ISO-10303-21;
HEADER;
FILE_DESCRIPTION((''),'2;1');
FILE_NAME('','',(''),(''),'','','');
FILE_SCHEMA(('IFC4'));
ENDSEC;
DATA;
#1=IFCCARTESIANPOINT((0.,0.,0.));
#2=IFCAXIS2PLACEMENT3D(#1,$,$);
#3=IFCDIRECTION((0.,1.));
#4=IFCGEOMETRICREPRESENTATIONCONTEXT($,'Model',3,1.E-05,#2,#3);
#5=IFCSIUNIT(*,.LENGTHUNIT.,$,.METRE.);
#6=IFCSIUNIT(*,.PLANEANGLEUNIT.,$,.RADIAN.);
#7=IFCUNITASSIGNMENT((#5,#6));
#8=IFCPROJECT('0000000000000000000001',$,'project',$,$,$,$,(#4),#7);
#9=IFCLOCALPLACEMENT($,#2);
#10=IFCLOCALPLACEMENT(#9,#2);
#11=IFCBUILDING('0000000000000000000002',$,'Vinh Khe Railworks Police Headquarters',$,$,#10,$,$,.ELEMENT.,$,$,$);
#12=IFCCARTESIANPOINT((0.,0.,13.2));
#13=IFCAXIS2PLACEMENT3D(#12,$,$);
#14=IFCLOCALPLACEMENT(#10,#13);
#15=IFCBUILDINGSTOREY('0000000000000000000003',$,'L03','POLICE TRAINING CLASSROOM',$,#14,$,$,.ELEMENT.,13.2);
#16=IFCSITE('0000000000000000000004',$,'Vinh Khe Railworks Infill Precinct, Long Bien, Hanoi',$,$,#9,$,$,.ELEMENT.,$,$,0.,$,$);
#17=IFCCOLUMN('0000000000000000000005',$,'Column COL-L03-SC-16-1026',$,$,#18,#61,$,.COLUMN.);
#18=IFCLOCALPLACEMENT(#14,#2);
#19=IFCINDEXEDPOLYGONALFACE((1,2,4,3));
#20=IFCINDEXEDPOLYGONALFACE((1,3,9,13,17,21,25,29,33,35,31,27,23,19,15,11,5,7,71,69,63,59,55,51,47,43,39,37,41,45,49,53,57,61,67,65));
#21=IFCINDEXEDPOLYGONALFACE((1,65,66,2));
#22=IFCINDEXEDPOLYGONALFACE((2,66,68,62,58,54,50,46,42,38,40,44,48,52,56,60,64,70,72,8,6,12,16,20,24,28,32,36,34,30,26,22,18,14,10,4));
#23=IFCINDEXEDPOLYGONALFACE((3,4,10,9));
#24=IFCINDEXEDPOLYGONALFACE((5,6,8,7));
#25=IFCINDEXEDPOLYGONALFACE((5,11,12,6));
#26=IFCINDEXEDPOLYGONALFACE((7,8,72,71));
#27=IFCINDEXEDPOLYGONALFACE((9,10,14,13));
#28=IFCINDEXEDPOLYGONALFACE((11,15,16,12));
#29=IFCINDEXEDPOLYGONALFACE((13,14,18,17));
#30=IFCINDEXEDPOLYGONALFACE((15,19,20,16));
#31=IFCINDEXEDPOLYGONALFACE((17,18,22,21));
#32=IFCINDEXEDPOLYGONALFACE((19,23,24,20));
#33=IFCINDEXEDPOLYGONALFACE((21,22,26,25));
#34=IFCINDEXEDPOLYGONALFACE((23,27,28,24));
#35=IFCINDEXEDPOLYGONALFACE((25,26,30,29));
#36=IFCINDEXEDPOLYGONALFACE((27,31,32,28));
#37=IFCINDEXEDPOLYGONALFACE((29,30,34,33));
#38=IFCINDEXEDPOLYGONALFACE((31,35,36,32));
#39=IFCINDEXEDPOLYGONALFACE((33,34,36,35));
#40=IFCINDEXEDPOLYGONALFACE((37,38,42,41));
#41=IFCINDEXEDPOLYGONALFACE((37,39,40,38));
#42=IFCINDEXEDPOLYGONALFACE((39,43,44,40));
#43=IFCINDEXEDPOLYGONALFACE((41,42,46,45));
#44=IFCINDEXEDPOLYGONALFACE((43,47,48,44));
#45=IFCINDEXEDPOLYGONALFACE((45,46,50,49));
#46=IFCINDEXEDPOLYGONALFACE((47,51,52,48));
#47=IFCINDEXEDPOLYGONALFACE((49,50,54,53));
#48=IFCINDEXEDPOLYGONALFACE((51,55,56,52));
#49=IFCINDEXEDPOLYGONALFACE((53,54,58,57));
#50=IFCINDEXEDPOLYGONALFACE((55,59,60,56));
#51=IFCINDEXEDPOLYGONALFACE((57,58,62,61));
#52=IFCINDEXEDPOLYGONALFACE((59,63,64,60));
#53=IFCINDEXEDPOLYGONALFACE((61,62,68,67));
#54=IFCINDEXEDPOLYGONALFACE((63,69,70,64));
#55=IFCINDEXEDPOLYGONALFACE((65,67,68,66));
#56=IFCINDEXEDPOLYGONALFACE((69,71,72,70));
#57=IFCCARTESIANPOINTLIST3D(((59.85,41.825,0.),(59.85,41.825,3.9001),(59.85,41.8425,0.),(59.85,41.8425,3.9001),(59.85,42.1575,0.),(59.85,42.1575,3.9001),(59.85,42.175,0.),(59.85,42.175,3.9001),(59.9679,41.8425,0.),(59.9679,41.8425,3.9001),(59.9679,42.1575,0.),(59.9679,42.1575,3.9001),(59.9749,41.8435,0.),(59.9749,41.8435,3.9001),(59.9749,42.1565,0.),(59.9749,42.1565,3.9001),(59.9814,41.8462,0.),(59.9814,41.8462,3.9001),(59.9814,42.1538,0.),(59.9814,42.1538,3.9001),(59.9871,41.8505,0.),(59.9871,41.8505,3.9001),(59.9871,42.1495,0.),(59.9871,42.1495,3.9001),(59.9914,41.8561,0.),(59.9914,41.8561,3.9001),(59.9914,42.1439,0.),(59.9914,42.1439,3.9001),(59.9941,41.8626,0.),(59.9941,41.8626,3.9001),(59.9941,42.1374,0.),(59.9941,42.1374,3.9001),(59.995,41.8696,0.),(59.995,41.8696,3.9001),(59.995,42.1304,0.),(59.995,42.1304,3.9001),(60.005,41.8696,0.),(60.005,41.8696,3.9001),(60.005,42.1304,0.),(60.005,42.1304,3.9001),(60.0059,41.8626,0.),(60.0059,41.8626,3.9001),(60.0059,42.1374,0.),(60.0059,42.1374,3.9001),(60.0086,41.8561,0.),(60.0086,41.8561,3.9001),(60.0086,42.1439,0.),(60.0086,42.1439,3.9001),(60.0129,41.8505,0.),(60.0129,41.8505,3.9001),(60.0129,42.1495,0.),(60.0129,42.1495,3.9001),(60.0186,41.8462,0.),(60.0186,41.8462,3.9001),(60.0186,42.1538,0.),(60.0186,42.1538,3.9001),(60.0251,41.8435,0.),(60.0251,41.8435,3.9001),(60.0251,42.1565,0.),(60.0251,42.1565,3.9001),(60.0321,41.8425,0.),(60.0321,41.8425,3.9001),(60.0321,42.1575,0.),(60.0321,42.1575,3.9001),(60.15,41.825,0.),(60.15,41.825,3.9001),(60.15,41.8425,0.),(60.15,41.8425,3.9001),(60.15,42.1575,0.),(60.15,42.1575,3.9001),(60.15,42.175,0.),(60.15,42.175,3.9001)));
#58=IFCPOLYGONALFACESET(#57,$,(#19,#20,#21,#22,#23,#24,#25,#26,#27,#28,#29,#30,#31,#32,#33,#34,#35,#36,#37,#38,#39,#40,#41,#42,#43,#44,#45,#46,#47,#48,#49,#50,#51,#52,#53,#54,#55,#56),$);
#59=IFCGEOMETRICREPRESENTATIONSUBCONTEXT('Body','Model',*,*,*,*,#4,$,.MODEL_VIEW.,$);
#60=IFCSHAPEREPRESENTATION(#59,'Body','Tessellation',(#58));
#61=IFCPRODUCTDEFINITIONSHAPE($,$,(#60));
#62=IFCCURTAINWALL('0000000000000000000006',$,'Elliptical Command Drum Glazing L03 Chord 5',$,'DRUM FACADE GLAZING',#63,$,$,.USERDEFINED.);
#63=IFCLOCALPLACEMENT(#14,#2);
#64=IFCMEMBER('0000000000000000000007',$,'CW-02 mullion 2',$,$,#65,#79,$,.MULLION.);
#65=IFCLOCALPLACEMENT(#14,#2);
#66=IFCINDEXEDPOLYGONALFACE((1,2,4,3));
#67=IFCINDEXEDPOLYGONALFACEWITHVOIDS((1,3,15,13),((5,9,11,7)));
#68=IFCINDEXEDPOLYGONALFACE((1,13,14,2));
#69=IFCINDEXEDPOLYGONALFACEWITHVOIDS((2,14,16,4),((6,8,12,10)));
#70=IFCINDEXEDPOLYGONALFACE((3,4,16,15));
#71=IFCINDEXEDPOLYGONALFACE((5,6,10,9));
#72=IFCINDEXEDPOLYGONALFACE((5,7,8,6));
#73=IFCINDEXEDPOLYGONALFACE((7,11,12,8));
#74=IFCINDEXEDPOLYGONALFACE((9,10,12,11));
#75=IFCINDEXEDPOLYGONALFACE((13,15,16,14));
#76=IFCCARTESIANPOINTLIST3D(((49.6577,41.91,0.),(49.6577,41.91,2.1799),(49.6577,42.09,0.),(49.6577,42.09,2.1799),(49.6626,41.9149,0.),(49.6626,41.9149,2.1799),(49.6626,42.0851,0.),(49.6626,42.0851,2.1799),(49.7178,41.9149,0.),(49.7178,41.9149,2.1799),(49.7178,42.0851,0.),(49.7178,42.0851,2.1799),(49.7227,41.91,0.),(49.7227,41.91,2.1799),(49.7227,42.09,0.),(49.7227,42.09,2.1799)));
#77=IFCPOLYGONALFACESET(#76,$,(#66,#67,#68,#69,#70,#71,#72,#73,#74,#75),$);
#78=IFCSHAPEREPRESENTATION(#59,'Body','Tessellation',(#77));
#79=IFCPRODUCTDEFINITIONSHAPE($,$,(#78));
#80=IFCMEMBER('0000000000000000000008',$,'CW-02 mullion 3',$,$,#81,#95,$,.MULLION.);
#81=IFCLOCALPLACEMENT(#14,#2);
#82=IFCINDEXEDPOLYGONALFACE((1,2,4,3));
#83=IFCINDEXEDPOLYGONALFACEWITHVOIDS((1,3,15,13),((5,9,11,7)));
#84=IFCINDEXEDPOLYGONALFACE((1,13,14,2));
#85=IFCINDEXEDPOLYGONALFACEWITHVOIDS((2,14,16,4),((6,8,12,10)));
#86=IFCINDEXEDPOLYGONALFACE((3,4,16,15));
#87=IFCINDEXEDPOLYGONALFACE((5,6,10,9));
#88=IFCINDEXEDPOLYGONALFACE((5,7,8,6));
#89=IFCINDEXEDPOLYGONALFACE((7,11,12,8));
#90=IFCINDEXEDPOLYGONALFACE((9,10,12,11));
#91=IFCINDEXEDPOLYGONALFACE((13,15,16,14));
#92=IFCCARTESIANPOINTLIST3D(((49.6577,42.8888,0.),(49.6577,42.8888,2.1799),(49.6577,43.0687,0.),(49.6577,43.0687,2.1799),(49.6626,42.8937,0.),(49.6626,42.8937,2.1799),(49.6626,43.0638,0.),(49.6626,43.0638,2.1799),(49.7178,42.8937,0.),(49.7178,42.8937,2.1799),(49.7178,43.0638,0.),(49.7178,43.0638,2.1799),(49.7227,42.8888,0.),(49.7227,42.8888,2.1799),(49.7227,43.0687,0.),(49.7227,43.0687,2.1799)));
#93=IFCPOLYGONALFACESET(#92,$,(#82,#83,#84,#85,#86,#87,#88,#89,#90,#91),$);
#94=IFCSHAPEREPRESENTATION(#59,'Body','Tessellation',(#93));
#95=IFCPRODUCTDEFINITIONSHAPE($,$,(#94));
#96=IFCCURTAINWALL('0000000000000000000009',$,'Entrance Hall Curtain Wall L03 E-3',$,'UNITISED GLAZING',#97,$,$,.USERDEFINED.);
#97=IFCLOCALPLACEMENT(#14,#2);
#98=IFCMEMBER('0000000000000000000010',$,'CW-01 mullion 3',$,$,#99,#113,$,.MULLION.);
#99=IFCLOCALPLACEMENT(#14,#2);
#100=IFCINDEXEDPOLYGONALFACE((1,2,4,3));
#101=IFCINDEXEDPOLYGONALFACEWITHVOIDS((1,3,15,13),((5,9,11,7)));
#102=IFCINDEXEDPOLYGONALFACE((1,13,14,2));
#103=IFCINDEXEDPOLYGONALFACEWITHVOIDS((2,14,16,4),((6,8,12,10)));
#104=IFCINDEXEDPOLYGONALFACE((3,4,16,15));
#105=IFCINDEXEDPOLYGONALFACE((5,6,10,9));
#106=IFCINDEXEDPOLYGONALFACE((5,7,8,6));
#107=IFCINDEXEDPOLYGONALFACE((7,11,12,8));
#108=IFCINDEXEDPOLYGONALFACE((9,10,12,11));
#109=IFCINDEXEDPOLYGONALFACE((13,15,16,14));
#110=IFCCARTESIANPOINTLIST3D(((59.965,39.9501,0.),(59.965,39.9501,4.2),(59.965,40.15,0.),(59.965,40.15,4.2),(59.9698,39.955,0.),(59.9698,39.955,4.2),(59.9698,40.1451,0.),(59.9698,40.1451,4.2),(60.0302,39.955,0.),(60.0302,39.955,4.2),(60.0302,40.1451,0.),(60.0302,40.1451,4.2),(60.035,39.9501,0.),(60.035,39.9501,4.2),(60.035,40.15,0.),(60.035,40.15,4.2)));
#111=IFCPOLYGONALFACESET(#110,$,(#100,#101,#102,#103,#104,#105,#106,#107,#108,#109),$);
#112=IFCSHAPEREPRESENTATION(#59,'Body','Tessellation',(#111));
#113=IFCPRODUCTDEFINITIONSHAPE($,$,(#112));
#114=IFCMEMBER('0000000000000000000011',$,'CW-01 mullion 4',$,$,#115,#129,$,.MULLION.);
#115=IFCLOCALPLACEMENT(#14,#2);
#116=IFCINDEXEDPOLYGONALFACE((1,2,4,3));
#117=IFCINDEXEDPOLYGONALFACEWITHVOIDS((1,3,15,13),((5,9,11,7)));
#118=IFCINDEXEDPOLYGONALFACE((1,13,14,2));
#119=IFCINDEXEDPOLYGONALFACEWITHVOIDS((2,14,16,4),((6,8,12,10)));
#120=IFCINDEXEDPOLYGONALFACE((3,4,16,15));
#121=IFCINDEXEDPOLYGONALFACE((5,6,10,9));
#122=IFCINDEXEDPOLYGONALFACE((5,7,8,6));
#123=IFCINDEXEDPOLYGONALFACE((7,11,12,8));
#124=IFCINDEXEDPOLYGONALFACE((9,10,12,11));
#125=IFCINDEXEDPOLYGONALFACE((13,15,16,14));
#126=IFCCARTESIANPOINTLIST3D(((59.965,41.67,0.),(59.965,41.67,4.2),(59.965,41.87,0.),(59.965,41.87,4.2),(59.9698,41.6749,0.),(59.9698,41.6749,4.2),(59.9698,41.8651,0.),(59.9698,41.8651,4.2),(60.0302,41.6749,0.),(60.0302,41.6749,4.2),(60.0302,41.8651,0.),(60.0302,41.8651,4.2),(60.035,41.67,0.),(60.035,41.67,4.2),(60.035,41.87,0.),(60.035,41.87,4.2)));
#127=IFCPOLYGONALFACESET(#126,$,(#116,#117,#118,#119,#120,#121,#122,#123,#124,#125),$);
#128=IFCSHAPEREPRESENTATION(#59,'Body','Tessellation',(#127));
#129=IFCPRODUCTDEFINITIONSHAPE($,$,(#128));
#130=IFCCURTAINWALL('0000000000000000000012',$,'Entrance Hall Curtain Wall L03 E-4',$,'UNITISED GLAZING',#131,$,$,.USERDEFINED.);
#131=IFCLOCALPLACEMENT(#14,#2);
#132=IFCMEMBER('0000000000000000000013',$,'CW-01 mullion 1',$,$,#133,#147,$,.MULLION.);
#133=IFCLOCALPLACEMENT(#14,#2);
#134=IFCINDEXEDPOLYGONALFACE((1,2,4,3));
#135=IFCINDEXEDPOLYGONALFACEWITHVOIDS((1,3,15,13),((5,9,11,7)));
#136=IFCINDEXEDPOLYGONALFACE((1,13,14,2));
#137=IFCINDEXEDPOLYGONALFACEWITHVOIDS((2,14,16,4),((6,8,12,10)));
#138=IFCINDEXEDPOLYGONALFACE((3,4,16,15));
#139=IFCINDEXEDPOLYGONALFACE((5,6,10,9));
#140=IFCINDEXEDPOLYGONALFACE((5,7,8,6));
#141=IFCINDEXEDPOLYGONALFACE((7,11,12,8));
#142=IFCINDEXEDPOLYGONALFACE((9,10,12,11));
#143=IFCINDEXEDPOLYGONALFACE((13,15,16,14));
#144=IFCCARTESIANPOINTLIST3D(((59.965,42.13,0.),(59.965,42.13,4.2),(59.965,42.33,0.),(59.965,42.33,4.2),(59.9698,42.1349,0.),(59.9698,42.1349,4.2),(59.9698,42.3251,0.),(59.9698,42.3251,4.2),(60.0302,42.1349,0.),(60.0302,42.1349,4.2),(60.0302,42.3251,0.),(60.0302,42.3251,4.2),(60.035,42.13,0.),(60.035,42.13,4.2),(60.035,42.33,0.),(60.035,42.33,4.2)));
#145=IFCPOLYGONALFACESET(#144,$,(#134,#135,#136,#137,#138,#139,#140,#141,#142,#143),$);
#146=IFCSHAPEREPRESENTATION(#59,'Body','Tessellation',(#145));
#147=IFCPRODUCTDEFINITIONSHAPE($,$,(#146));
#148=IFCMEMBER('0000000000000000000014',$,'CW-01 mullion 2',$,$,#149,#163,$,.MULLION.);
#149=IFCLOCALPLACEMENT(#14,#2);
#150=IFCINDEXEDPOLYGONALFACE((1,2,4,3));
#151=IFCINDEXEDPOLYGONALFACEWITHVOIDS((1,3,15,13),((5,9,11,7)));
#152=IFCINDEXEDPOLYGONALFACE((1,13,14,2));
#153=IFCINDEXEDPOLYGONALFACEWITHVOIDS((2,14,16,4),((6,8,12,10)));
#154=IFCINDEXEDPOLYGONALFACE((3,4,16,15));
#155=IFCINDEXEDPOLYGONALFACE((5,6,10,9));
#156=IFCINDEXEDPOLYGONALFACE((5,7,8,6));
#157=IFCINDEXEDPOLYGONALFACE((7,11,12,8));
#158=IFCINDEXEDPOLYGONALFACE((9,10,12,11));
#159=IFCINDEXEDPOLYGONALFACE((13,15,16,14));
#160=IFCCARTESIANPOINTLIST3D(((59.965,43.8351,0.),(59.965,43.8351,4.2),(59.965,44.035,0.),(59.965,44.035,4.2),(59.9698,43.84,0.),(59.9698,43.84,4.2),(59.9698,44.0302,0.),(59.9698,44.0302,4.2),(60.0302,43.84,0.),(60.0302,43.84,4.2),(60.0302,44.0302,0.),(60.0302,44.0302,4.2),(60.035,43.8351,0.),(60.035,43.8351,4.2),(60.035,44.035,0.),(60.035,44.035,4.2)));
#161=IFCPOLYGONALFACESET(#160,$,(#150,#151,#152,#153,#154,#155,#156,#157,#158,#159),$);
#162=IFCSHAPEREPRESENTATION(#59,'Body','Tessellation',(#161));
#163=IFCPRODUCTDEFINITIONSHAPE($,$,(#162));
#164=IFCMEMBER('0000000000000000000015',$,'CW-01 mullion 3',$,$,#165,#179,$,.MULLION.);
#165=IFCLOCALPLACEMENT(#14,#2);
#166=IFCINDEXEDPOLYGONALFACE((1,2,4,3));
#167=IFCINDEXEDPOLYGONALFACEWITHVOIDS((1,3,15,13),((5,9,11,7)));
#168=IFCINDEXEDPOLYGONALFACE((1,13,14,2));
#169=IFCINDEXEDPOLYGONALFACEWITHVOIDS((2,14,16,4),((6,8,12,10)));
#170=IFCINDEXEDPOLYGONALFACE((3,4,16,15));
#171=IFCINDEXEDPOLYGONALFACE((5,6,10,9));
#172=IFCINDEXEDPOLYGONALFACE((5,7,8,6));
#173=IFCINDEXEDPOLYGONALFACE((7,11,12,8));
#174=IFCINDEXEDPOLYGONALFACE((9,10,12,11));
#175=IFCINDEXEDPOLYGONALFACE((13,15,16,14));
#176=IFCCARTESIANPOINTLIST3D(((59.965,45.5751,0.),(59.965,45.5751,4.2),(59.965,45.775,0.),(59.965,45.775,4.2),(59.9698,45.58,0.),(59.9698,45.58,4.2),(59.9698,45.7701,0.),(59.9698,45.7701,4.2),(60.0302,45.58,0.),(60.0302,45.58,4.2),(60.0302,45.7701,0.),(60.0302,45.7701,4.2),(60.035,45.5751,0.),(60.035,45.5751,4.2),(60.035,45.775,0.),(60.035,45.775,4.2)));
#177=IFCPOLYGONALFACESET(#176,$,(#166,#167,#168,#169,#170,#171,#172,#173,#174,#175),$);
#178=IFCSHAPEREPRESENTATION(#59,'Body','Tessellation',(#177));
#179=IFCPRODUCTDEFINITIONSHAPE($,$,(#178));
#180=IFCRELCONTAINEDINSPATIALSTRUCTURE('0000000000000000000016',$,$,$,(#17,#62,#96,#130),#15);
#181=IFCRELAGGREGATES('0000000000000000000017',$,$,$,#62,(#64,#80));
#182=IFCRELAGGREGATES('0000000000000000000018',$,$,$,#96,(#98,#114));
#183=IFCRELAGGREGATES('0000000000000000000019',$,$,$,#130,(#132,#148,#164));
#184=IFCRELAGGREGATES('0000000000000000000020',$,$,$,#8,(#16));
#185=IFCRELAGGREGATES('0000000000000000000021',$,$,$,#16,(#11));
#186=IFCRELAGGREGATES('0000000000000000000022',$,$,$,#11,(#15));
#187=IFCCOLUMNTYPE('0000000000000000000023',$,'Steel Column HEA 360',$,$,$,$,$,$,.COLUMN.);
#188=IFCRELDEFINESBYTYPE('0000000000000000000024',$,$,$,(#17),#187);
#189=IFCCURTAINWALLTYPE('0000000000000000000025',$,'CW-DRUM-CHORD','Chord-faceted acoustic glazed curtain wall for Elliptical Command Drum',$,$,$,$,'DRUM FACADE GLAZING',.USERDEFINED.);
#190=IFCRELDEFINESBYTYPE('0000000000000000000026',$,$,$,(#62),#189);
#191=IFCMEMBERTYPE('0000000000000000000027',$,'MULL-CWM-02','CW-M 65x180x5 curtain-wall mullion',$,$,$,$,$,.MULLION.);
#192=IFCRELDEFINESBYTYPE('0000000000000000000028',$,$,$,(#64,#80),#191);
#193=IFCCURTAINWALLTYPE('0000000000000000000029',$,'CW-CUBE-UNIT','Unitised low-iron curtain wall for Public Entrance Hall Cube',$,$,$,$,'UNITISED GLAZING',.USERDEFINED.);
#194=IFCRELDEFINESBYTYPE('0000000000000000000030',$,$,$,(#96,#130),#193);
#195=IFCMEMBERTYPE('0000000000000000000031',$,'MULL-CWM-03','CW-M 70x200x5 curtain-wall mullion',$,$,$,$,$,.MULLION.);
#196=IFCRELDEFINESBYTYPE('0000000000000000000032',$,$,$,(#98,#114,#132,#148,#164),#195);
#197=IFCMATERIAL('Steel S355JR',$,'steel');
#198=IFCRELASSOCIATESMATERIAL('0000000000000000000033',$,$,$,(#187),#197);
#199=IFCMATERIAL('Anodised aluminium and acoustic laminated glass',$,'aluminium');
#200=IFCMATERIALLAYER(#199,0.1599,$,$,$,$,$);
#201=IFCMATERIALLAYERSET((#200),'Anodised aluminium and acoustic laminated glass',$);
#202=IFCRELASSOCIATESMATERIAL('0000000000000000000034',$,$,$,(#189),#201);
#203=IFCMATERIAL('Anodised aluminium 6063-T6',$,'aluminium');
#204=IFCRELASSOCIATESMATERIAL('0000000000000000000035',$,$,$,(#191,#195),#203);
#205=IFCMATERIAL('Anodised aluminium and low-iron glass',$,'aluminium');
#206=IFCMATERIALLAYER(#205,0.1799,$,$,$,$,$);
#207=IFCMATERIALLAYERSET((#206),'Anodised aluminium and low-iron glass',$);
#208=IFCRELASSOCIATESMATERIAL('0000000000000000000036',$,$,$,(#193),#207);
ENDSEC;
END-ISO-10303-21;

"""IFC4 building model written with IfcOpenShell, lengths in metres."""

from ifc_helpers import new_model, si_unit, direction, frame, origin, origin_2d, place, context, subcontext, project, spatial, hollow_rectangle, i_section, extrude, material, layer, layer_set, material_profile, profile_set, type_object, element, aggregate, save


model = new_model("IFC4")

# Units and contexts
model_context = context("Model", 3, precision=1e-05, world=origin(), true_north=direction((0.0, 1.0)))
body_context = subcontext(model_context, "Body", "Model", "MODEL_VIEW")
ifc_project = project(units=[si_unit("LENGTHUNIT", "METRE"), si_unit("PLANEANGLEUNIT", "RADIAN")], contexts=[model_context])

# Site, building, storey
site_placement = place(None, origin())
site = spatial("IfcSite", under=ifc_project, at=site_placement, Name="Vinh Khe Railworks Infill Precinct, Long Bien, Hanoi", CompositionType="ELEMENT", RefElevation=0.0)
building_placement = place(site_placement, origin())
building = spatial("IfcBuilding", under=site, at=building_placement, Name="Vinh Khe Railworks Police Headquarters", CompositionType="ELEMENT")
storey_placement = place(building_placement, frame((0.0, 0.0, 13.2)))
storey = spatial("IfcBuildingStorey", under=building, at=storey_placement, Name="L03", Description="POLICE TRAINING CLASSROOM", CompositionType="ELEMENT", Elevation=13.2)

# Column
ifc_material_1 = material(Name="Steel S355JR", Category="steel")
ifc_material_profile_1 = material_profile(ifc_material_1, i_section(OverallWidth=0.3, OverallDepth=0.3501, WebThickness=0.01, FlangeThickness=0.0176, FilletRadius=0.0271, at=origin_2d()), Name="HEA 360")
ifc_profile_set_1 = profile_set([ifc_material_profile_1], Name="Steel S355JR")
column_type = type_object("IfcColumnType", Name="Steel Column HEA 360", PredefinedType="COLUMN", material=ifc_profile_set_1)
column_placement = place(storey_placement, frame((60.0, 42.0, 0.0), z_axis=(0.0, 0.0, 1.0), x_axis=(1.0, 0.0, 0.0)))
element("IfcColumn", 1, at=column_placement, inside=storey, type_object=column_type, Name="Column COL-L03-SC-16-1026", PredefinedType="COLUMN", context=body_context, shape_type="SweptSolid", body=[
    extrude(i_section(OverallWidth=0.3, OverallDepth=0.3501, WebThickness=0.01, FlangeThickness=0.0176, FilletRadius=0.0271, at=origin_2d()), origin(), (0.0, 0.0, 1.0), 3.9001),
])

# Curtain walls, members
ifc_material_2 = material(Name="Anodised aluminium and acoustic laminated glass", Category="aluminium")
ifc_layer_1 = layer(ifc_material_2, 0.1599)
ifc_layer_set_1 = layer_set([ifc_layer_1], Name="Anodised aluminium and acoustic laminated glass")
curtain_wall_type_1 = type_object("IfcCurtainWallType", Name="CW-DRUM-CHORD", Description="Chord-faceted acoustic glazed curtain wall for Elliptical Command Drum", ElementType="DRUM FACADE GLAZING", PredefinedType="USERDEFINED", material=ifc_layer_set_1)
curtain_wall_1_placement = place(storey_placement, origin())
curtain_wall_1 = element("IfcCurtainWall", 2, at=curtain_wall_1_placement, inside=storey, type_object=curtain_wall_type_1, Name="Elliptical Command Drum Glazing L03 Chord 5", ObjectType="DRUM FACADE GLAZING", PredefinedType="USERDEFINED")
ifc_material_3 = material(Name="Anodised aluminium 6063-T6", Category="aluminium")
ifc_material_profile_2 = material_profile(ifc_material_3, hollow_rectangle(XDim=0.0649, YDim=0.1799, WallThickness=0.0049, at=origin_2d()), Name="CW-M 65x180x5")
ifc_profile_set_2 = profile_set([ifc_material_profile_2], Name="Anodised aluminium 6063-T6")
member_type_1 = type_object("IfcMemberType", Name="MULL-CWM-02", Description="CW-M 65x180x5 curtain-wall mullion", PredefinedType="MULLION", material=ifc_profile_set_2)
member_1_placement = place(storey_placement, frame((49.6902, 42.0, 0.0), z_axis=(0.0, 0.0, 1.0), x_axis=(-1.0, 0.0, 0.0)))
member_1 = element("IfcMember", 3, at=member_1_placement, type_object=member_type_1, Name="CW-02 mullion 2", PredefinedType="MULLION", context=body_context, shape_type="SweptSolid", body=[
    extrude(hollow_rectangle(XDim=0.0649, YDim=0.1799, WallThickness=0.0049, at=origin_2d()), origin(), (0.0, 0.0, 1.0), 2.1799),
])
member_2_placement = place(storey_placement, frame((49.6902, 42.9788, 0.0), z_axis=(0.0, 0.0, 1.0), x_axis=(-1.0, 0.0, 0.0)))
member_2 = element("IfcMember", 4, at=member_2_placement, type_object=member_type_1, Name="CW-02 mullion 3", PredefinedType="MULLION", context=body_context, shape_type="SweptSolid", body=[
    extrude(hollow_rectangle(XDim=0.0649, YDim=0.1799, WallThickness=0.0049, at=origin_2d()), origin(), (0.0, 0.0, 1.0), 2.1799),
])
ifc_material_4 = material(Name="Anodised aluminium and low-iron glass", Category="aluminium")
ifc_layer_2 = layer(ifc_material_4, 0.1799)
ifc_layer_set_2 = layer_set([ifc_layer_2], Name="Anodised aluminium and low-iron glass")
curtain_wall_type_2 = type_object("IfcCurtainWallType", Name="CW-CUBE-UNIT", Description="Unitised low-iron curtain wall for Public Entrance Hall Cube", ElementType="UNITISED GLAZING", PredefinedType="USERDEFINED", material=ifc_layer_set_2)
curtain_wall_2_placement = place(storey_placement, origin())
curtain_wall_2 = element("IfcCurtainWall", 5, at=curtain_wall_2_placement, inside=storey, type_object=curtain_wall_type_2, Name="Entrance Hall Curtain Wall L03 E-3", ObjectType="UNITISED GLAZING", PredefinedType="USERDEFINED")
ifc_material_profile_3 = material_profile(ifc_material_3, hollow_rectangle(XDim=0.0701, YDim=0.2, WallThickness=0.0049, at=origin_2d()), Name="CW-M 70x200x5")
ifc_profile_set_3 = profile_set([ifc_material_profile_3], Name="Anodised aluminium 6063-T6")
member_type_2 = type_object("IfcMemberType", Name="MULL-CWM-03", Description="CW-M 70x200x5 curtain-wall mullion", PredefinedType="MULLION", material=ifc_profile_set_3)
member_3_placement = place(storey_placement, frame((60.0, 40.05, 0.0), z_axis=(0.0, 0.0, 1.0), x_axis=(-1.0, 0.0, 0.0)))
member_3 = element("IfcMember", 6, at=member_3_placement, type_object=member_type_2, Name="CW-01 mullion 3", PredefinedType="MULLION", context=body_context, shape_type="SweptSolid", body=[
    extrude(hollow_rectangle(XDim=0.0701, YDim=0.2, WallThickness=0.0049, at=origin_2d()), origin(), (0.0, 0.0, 1.0), 4.2),
])
member_4_placement = place(storey_placement, frame((60.0, 41.77, 0.0), z_axis=(0.0, 0.0, 1.0), x_axis=(-1.0, 0.0, 0.0)))
member_4 = element("IfcMember", 7, at=member_4_placement, type_object=member_type_2, Name="CW-01 mullion 4", PredefinedType="MULLION", context=body_context, shape_type="SweptSolid", body=[
    extrude(hollow_rectangle(XDim=0.0701, YDim=0.2, WallThickness=0.0049, at=origin_2d()), origin(), (0.0, 0.0, 1.0), 4.2),
])
curtain_wall_3_placement = place(storey_placement, origin())
curtain_wall_3 = element("IfcCurtainWall", 8, at=curtain_wall_3_placement, inside=storey, type_object=curtain_wall_type_2, Name="Entrance Hall Curtain Wall L03 E-4", ObjectType="UNITISED GLAZING", PredefinedType="USERDEFINED")
member_5_placement = place(storey_placement, frame((60.0, 42.23, 0.0), z_axis=(0.0, 0.0, 1.0), x_axis=(-1.0, 0.0, 0.0)))
member_5 = element("IfcMember", 9, at=member_5_placement, type_object=member_type_2, Name="CW-01 mullion 1", PredefinedType="MULLION", context=body_context, shape_type="SweptSolid", body=[
    extrude(hollow_rectangle(XDim=0.0701, YDim=0.2, WallThickness=0.0049, at=origin_2d()), origin(), (0.0, 0.0, 1.0), 4.2),
])
member_6_placement = place(storey_placement, frame((60.0, 43.9351, 0.0), z_axis=(0.0, 0.0, 1.0), x_axis=(-1.0, 0.0, 0.0)))
member_6 = element("IfcMember", 10, at=member_6_placement, type_object=member_type_2, Name="CW-01 mullion 2", PredefinedType="MULLION", context=body_context, shape_type="SweptSolid", body=[
    extrude(hollow_rectangle(XDim=0.0701, YDim=0.2, WallThickness=0.0049, at=origin_2d()), origin(), (0.0, 0.0, 1.0), 4.2),
])
member_7_placement = place(storey_placement, frame((60.0, 45.675, 0.0), z_axis=(0.0, 0.0, 1.0), x_axis=(-1.0, 0.0, 0.0)))
member_7 = element("IfcMember", 11, at=member_7_placement, type_object=member_type_2, Name="CW-01 mullion 3", PredefinedType="MULLION", context=body_context, shape_type="SweptSolid", body=[
    extrude(hollow_rectangle(XDim=0.0701, YDim=0.2, WallThickness=0.0049, at=origin_2d()), origin(), (0.0, 0.0, 1.0), 4.2),
])

aggregate(curtain_wall_1, [member_1, member_2])
aggregate(curtain_wall_2, [member_3, member_4])
aggregate(curtain_wall_3, [member_5, member_6, member_7])

save(model, "model.ifc")
